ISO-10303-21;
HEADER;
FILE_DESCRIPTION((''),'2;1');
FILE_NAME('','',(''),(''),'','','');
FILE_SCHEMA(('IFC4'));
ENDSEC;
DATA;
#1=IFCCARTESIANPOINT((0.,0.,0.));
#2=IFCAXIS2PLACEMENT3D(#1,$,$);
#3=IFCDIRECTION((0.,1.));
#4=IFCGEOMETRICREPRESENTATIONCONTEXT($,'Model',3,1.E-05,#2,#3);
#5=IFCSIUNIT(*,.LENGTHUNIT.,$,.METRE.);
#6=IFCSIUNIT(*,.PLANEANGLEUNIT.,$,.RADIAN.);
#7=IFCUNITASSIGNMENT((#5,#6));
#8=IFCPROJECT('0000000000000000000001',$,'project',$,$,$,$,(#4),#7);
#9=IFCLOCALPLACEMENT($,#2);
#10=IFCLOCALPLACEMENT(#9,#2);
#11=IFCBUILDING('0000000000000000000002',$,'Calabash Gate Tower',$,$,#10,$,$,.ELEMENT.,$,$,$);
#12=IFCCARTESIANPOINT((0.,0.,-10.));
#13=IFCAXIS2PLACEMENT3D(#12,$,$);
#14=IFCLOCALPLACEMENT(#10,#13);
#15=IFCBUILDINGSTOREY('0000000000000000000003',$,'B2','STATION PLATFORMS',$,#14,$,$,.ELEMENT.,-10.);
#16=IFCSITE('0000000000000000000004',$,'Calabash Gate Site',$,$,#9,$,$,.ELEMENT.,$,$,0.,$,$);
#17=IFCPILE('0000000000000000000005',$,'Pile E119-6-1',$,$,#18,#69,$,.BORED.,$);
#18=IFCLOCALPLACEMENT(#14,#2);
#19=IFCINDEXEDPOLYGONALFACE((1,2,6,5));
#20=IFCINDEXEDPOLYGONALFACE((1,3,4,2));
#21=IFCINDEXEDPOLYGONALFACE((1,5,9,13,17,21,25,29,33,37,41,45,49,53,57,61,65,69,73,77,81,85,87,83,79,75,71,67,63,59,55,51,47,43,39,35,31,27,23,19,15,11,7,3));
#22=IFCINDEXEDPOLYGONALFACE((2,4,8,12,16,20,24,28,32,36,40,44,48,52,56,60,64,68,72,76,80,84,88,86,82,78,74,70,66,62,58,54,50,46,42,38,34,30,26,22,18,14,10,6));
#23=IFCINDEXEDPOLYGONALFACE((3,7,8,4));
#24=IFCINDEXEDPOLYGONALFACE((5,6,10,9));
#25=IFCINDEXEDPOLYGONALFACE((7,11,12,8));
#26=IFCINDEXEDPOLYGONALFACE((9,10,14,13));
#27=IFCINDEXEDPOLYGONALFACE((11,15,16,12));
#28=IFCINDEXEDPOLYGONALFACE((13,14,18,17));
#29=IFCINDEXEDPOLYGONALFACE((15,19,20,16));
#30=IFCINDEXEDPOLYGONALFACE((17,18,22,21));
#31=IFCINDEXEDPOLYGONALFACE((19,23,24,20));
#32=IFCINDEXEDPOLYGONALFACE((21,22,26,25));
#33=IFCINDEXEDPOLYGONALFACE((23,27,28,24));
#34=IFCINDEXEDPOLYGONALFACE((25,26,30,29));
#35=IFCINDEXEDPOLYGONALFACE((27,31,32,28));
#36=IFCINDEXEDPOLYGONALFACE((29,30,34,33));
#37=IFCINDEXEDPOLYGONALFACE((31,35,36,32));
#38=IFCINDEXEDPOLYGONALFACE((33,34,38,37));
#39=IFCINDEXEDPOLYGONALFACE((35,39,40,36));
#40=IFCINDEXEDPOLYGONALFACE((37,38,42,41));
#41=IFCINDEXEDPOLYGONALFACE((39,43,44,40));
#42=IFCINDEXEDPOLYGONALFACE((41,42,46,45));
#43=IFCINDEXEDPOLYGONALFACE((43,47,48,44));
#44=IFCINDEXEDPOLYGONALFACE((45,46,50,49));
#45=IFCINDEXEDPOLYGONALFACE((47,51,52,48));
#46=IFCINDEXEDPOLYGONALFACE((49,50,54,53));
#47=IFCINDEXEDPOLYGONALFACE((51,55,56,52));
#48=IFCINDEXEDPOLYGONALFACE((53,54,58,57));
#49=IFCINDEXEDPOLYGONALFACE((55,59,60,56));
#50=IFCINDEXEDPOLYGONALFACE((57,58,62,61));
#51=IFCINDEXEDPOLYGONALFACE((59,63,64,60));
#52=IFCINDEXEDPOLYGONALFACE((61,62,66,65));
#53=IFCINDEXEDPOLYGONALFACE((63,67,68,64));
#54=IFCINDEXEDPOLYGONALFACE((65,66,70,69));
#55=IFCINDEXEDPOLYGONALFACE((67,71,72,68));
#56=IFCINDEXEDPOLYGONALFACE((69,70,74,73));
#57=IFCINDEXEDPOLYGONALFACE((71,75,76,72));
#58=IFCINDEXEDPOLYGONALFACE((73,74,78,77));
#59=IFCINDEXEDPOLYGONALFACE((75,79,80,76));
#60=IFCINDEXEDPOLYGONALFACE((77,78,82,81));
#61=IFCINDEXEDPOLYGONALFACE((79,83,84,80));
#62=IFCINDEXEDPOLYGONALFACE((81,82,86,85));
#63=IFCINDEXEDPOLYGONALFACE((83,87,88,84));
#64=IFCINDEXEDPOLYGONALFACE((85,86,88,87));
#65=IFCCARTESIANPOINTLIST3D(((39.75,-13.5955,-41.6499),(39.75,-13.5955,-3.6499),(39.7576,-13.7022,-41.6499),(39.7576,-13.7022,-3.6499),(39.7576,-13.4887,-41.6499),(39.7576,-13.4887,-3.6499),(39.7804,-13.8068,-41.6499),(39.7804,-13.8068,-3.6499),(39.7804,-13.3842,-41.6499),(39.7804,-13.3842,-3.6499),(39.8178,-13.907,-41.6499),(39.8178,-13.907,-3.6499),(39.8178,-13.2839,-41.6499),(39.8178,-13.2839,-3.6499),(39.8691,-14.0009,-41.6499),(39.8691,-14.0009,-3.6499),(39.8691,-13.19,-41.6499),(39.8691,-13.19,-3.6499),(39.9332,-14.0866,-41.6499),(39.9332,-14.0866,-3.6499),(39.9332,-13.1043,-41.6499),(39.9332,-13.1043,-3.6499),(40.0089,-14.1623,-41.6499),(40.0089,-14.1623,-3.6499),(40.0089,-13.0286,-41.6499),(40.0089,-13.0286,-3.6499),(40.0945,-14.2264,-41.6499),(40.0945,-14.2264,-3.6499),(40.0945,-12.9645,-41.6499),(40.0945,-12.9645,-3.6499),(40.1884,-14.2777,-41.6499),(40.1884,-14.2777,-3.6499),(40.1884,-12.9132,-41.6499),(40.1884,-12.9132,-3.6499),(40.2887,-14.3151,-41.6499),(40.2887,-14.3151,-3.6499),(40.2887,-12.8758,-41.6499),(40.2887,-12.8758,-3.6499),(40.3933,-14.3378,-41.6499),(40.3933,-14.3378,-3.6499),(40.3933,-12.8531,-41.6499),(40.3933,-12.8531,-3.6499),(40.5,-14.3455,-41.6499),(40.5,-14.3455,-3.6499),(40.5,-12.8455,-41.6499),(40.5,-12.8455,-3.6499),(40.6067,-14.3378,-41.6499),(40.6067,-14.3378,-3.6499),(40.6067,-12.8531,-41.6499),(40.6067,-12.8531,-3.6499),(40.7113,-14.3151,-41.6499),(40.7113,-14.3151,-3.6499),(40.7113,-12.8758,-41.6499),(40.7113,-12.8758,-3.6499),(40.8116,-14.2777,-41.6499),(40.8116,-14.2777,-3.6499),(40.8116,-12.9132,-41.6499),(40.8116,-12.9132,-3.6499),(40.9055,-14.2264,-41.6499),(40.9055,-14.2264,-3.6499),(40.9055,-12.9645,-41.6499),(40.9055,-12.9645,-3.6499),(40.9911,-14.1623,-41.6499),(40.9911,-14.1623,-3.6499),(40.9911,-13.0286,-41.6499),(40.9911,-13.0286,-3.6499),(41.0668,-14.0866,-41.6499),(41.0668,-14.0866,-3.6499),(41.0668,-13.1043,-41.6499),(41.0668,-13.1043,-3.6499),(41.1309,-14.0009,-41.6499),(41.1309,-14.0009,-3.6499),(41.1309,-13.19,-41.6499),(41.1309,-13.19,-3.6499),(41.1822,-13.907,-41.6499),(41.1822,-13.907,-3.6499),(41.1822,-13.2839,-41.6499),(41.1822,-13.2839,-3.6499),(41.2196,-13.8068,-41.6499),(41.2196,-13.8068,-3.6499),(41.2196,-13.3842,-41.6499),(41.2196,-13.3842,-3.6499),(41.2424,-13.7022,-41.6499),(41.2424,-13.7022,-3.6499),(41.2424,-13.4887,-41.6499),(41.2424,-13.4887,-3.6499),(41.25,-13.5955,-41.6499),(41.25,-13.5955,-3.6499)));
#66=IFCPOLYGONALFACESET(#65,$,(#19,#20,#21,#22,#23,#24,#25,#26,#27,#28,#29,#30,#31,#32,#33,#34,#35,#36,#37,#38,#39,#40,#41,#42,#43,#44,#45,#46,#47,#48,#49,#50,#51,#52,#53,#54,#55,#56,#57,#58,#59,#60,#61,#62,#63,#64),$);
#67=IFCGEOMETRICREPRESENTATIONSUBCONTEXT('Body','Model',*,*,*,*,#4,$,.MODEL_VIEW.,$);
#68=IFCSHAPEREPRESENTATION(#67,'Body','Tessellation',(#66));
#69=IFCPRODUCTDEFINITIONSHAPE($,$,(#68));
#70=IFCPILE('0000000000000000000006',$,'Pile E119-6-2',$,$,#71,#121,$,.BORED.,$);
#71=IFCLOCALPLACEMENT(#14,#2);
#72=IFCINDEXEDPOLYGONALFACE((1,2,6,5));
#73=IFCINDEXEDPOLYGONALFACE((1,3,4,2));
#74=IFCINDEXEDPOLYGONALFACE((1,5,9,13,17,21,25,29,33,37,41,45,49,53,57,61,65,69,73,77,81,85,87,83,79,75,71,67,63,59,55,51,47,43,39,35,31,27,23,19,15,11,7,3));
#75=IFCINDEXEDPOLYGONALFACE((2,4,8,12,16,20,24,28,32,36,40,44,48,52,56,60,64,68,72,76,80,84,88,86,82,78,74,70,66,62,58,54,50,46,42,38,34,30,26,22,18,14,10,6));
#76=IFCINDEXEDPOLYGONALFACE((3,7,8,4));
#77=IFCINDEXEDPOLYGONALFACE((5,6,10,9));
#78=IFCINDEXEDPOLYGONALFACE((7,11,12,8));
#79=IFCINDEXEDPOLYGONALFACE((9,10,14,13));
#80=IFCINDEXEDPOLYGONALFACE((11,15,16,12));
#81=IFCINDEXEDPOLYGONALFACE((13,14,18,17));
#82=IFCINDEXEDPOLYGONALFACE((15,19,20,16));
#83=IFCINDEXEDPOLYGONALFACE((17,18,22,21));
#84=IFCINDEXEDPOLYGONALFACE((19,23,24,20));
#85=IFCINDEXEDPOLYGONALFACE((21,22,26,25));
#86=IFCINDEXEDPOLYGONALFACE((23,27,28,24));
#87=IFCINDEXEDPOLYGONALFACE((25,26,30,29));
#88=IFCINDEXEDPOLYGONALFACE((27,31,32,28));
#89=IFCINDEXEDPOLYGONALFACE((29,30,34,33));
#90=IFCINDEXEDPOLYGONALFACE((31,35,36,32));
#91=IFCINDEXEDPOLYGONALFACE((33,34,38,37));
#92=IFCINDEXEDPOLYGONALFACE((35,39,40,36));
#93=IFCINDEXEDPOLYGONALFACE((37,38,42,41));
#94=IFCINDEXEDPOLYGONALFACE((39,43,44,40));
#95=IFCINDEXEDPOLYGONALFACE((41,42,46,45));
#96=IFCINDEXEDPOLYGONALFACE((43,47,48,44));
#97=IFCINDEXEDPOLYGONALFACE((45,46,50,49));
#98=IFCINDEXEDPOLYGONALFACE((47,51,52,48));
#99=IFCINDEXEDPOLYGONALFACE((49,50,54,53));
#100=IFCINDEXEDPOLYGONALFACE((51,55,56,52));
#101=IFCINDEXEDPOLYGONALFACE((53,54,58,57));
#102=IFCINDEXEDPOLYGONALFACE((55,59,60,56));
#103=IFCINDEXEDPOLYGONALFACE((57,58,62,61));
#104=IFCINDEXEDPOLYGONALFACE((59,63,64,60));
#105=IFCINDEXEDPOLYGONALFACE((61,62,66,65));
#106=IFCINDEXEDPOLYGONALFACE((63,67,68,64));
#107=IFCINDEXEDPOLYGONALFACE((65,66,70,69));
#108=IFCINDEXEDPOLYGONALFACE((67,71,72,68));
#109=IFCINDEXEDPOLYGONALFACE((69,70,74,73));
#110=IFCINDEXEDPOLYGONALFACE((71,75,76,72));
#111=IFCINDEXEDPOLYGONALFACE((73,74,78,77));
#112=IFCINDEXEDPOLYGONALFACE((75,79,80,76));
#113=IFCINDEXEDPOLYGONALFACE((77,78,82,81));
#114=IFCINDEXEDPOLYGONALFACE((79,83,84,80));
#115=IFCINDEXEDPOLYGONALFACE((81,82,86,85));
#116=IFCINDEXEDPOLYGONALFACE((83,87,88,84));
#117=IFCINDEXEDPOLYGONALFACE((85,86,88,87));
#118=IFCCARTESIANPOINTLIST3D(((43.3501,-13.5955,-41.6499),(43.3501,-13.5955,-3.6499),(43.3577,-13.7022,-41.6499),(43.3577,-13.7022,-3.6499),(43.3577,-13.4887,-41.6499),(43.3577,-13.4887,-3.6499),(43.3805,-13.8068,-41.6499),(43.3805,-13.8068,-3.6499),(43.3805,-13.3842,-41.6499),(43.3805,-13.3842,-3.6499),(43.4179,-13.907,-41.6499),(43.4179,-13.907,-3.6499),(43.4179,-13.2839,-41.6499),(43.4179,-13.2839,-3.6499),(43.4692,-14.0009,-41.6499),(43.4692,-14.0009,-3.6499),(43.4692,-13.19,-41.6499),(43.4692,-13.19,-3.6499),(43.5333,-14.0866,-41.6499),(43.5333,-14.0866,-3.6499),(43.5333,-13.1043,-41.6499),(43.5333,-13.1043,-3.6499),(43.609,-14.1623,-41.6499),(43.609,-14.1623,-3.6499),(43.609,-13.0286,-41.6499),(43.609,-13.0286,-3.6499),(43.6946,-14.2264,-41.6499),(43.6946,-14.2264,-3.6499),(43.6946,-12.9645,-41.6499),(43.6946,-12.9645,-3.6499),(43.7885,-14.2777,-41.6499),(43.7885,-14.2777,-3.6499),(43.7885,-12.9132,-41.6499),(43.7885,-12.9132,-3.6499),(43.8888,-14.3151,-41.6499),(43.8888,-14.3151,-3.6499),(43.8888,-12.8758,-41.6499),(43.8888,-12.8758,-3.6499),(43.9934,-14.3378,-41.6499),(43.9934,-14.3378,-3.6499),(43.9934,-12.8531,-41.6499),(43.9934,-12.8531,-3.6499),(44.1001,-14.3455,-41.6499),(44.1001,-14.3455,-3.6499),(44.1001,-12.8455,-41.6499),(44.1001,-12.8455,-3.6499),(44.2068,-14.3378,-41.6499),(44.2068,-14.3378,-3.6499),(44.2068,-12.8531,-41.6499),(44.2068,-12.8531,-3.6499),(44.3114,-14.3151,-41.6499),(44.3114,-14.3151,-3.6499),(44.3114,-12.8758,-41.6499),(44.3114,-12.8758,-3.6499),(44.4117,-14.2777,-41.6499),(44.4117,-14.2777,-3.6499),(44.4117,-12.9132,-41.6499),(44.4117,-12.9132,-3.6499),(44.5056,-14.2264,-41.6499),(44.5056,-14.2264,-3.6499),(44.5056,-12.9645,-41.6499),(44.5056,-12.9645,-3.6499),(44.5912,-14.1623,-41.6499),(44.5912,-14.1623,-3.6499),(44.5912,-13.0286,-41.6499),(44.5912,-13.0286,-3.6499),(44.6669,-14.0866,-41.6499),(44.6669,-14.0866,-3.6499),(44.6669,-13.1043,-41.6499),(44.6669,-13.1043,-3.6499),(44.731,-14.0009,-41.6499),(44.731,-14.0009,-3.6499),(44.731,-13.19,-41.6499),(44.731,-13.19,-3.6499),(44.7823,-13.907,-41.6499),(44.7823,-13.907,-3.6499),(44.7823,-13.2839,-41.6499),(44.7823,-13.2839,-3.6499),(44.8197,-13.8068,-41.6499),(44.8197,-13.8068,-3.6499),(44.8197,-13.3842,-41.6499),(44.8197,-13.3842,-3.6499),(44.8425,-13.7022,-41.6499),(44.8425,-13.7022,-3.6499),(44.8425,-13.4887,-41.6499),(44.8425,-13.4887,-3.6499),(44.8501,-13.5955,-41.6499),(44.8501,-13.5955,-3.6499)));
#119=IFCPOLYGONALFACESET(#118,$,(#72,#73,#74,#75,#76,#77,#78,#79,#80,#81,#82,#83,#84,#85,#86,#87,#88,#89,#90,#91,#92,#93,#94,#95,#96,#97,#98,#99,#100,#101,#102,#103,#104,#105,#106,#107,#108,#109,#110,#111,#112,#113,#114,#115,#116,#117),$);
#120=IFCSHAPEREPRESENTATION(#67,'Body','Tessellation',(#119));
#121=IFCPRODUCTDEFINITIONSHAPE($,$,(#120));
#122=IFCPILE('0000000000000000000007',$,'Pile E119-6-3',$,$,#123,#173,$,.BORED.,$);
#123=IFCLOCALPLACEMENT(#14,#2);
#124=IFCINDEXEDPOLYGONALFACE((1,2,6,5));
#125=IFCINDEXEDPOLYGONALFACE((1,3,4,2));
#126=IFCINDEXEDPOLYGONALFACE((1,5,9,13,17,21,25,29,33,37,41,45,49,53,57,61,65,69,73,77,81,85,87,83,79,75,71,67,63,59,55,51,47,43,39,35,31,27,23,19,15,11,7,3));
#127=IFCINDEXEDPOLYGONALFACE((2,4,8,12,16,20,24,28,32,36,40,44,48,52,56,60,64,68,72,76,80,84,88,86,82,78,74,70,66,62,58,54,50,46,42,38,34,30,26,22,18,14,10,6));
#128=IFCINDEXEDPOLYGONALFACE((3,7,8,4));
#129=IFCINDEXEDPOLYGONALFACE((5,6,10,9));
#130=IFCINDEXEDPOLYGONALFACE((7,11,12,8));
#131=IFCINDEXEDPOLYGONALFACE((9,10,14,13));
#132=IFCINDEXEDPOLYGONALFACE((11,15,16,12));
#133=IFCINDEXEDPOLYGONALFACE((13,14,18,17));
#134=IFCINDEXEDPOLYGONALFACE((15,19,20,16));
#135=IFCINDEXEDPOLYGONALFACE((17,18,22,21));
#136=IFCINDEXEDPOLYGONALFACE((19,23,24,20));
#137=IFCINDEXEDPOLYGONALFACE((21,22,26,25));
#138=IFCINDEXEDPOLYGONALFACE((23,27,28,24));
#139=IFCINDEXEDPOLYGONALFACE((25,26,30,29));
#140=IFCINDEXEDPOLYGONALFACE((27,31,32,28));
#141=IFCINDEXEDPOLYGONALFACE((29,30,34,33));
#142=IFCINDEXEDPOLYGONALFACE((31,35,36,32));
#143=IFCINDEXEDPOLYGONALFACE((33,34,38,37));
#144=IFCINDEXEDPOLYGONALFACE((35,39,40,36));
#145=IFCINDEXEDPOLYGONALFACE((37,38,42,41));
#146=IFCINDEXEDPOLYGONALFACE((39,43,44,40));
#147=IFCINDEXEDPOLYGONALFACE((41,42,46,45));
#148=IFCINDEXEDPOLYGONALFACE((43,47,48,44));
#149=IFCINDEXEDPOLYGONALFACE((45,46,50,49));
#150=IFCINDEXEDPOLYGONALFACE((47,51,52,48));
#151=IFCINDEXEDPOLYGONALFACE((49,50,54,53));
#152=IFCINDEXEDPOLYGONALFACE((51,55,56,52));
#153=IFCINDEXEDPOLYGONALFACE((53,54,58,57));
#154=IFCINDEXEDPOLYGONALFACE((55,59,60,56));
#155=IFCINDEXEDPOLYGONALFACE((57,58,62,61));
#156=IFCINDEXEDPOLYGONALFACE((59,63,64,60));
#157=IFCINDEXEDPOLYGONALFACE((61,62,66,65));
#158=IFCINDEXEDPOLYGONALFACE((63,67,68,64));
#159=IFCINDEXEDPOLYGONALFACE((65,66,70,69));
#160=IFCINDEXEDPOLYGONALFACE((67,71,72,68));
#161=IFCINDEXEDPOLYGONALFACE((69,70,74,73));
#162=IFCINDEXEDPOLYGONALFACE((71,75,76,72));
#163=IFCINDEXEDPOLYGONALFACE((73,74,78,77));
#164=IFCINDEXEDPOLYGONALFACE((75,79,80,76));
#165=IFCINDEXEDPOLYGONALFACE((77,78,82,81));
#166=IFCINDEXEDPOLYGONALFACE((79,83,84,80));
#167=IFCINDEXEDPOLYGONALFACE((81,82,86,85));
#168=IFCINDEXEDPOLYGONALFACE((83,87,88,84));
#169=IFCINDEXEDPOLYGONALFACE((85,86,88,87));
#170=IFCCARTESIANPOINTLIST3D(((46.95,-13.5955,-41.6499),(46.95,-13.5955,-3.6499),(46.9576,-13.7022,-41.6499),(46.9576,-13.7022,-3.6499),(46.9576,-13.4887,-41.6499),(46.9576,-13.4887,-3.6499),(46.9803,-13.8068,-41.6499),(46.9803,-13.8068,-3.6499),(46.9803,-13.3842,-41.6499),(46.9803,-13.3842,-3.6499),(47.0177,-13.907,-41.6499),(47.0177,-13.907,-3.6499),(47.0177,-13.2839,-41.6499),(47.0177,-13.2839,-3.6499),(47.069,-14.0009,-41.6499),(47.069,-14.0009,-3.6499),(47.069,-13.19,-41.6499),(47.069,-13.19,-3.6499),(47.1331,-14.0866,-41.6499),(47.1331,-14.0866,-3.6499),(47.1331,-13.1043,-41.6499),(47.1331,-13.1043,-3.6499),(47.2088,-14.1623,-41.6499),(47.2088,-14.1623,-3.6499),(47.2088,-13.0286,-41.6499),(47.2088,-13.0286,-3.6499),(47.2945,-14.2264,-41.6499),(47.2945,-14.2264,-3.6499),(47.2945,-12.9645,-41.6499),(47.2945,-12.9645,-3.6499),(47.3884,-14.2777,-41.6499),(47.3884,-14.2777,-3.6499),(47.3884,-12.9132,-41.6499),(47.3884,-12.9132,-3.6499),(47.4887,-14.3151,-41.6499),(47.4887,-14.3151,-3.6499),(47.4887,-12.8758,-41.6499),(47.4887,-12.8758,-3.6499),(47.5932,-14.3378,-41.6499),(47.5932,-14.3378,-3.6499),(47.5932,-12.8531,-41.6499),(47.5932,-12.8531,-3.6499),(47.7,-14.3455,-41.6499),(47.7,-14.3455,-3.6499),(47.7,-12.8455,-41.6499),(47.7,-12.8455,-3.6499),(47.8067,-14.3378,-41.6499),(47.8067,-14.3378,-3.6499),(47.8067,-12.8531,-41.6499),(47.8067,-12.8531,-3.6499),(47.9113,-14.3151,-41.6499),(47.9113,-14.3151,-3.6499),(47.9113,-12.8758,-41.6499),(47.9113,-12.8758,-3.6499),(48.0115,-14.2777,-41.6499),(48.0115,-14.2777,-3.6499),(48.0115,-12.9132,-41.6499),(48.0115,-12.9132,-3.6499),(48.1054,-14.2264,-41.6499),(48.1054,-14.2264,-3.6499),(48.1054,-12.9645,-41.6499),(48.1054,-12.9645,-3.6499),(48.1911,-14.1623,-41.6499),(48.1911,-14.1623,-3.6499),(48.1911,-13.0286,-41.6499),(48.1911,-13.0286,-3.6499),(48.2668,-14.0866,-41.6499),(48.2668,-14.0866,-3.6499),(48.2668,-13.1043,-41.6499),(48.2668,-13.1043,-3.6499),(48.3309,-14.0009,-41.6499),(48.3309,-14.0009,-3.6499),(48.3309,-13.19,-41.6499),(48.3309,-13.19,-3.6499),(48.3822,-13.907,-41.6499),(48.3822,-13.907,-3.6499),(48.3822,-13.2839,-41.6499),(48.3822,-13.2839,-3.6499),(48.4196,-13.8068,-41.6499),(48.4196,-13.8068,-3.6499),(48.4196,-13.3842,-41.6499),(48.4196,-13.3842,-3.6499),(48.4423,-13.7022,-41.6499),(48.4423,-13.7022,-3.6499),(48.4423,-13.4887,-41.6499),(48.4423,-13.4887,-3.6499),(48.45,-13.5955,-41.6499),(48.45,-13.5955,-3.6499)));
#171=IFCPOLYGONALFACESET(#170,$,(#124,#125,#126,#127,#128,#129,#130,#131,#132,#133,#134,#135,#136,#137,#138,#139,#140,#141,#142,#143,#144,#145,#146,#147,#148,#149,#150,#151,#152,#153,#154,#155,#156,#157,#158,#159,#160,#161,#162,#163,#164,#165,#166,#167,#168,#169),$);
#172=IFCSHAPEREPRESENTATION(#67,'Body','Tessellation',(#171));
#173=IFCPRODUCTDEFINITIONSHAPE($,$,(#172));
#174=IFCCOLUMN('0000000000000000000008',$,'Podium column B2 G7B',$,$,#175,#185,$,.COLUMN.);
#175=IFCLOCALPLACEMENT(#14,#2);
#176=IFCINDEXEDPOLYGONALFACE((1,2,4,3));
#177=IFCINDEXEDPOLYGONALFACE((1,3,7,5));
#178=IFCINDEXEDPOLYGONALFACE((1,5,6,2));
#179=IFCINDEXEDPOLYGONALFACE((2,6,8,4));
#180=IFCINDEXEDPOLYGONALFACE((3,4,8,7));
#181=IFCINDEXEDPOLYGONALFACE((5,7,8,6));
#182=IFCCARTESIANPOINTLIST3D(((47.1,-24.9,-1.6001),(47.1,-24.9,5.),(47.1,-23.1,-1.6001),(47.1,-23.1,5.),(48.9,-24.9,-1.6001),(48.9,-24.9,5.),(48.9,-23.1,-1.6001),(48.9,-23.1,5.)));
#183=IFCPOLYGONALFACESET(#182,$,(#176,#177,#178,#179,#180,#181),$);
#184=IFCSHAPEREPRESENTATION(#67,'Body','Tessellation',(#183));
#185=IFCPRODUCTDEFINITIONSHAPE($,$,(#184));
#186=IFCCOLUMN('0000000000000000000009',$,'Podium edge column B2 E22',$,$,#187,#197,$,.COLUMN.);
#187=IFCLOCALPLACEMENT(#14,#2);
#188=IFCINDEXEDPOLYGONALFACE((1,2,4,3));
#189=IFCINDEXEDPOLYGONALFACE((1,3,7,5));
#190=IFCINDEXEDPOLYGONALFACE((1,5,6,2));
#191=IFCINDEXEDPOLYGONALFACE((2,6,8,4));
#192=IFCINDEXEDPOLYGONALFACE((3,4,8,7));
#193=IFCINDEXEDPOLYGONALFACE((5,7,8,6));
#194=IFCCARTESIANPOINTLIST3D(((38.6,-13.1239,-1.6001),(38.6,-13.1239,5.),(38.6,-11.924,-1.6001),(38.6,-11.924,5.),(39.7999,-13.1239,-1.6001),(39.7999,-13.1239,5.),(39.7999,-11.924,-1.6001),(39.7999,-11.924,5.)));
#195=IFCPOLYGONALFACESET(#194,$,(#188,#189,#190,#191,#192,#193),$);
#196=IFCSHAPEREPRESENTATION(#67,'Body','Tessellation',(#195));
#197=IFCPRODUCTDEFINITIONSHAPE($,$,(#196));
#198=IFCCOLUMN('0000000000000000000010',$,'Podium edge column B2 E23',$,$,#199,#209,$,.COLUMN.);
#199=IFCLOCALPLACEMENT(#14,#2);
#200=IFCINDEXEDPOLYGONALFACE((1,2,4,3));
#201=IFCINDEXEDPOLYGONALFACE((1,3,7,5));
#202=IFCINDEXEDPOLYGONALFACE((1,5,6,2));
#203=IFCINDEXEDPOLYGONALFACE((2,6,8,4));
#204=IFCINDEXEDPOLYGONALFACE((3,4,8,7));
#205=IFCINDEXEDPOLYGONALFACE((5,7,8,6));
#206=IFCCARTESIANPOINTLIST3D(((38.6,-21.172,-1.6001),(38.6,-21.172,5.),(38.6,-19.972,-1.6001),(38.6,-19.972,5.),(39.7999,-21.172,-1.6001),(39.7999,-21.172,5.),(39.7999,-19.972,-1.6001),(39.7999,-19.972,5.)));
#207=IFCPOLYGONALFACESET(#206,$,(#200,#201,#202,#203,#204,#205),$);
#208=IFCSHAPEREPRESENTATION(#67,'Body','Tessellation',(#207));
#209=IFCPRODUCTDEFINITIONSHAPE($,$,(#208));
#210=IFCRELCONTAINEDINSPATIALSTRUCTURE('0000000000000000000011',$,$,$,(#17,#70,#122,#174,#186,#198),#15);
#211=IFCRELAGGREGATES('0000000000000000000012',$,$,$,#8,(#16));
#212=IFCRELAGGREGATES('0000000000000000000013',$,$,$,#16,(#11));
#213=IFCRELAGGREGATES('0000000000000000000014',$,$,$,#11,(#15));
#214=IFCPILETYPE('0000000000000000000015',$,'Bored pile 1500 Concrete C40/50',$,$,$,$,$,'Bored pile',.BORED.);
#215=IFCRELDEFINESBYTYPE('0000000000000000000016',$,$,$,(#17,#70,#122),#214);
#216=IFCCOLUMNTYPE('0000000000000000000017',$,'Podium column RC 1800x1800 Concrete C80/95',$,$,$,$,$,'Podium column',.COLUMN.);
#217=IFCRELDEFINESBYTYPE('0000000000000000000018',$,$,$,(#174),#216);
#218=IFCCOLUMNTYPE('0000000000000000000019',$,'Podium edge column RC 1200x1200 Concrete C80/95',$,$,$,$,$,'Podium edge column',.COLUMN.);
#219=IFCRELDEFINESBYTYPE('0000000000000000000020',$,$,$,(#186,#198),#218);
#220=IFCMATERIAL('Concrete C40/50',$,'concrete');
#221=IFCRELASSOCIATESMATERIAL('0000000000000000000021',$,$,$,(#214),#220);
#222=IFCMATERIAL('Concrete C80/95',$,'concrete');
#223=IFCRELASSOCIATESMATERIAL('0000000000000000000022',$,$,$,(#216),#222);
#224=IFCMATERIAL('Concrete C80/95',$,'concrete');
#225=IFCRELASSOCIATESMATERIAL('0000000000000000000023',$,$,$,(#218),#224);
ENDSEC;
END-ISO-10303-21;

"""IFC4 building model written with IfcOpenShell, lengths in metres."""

from ifc_helpers import new_model, si_unit, direction, frame, origin, origin_2d, place, context, subcontext, project, spatial, rectangle, circle, extrude, material, material_profile, profile_set, type_object, element, save


model = new_model("IFC4")

# Units and contexts
model_context = context("Model", 3, precision=1e-05, world=origin(), true_north=direction((0.0, 1.0)))
body_context = subcontext(model_context, "Body", "Model", "MODEL_VIEW")
ifc_project = project(units=[si_unit("LENGTHUNIT", "METRE"), si_unit("PLANEANGLEUNIT", "RADIAN")], contexts=[model_context])

# Site, building, storey
site_placement = place(None, origin())
site = spatial("IfcSite", under=ifc_project, at=site_placement, Name="Calabash Gate Site", CompositionType="ELEMENT", RefElevation=0.0)
building_placement = place(site_placement, origin())
building = spatial("IfcBuilding", under=site, at=building_placement, Name="Calabash Gate Tower", CompositionType="ELEMENT")
storey_placement = place(building_placement, frame((0.0, 0.0, -10.0)))
storey = spatial("IfcBuildingStorey", under=building, at=storey_placement, Name="B2", Description="STATION PLATFORMS", CompositionType="ELEMENT", Elevation=-10.0)

# Piles
ifc_material_1 = material(Name="Concrete C40/50", Category="concrete")
ifc_material_profile_1 = material_profile(ifc_material_1, circle(Radius=0.75, at=origin_2d()))
ifc_profile_set_1 = profile_set([ifc_material_profile_1], Name="Concrete C40/50")
pile_type = type_object("IfcPileType", Name="Bored pile 1500 Concrete C40/50", ElementType="Bored pile", PredefinedType="BORED", material=ifc_profile_set_1)
for number, where, z_axis, x_axis, name in (
    (1, (40.5, -13.5955, -3.6499), (0.0, 0.0, -1.0), (1.0, 0.0, 0.0), "Pile E119-6-1"),
    (2, (44.1001, -13.5955, -3.6499), (0.0, 0.0, -1.0), (1.0, 0.0, 0.0), "Pile E119-6-2"),
    (3, (47.7, -13.5955, -3.6499), (0.0, 0.0, -1.0), (1.0, 0.0, 0.0), "Pile E119-6-3"),
):
    element("IfcPile", number, at=place(storey_placement, frame(where, z_axis=z_axis, x_axis=x_axis)), inside=storey, type_object=pile_type, Name=name, PredefinedType="BORED", context=body_context, shape_type="SweptSolid", body=[
        extrude(circle(Radius=0.75, at=origin_2d()), origin(), (0.0, 0.0, 1.0), 38.0),
    ])

# Columns
ifc_material_2 = material(Name="Concrete C80/95", Category="concrete")
ifc_material_profile_2 = material_profile(ifc_material_2, rectangle(XDim=1.8, YDim=1.8, at=origin_2d()))
ifc_profile_set_2 = profile_set([ifc_material_profile_2], Name="Concrete C80/95")
column_type_1 = type_object("IfcColumnType", Name="Podium column RC 1800x1800 Concrete C80/95", ElementType="Podium column", PredefinedType="COLUMN", material=ifc_profile_set_2)
column_placement = place(storey_placement, frame((48.0, -24.0, -1.6001), z_axis=(0.0, 0.0, 1.0), x_axis=(1.0, 0.0, 0.0)))
element("IfcColumn", 4, at=column_placement, inside=storey, type_object=column_type_1, Name="Podium column B2 G7B", PredefinedType="COLUMN", context=body_context, shape_type="SweptSolid", body=[
    extrude(rectangle(XDim=1.8, YDim=1.8, at=origin_2d()), origin(), (0.0, 0.0, 1.0), 6.6001),
])
ifc_material_3 = material(Name="Concrete C80/95", Category="concrete")
ifc_material_profile_3 = material_profile(ifc_material_3, rectangle(XDim=1.2, YDim=1.2, at=origin_2d()))
ifc_profile_set_3 = profile_set([ifc_material_profile_3], Name="Concrete C80/95")
column_type_2 = type_object("IfcColumnType", Name="Podium edge column RC 1200x1200 Concrete C80/95", ElementType="Podium edge column", PredefinedType="COLUMN", material=ifc_profile_set_3)
for number, where, z_axis, x_axis, name in (
    (5, (39.2, -12.5239, -1.6001), (0.0, 0.0, 1.0), (1.0, 0.0, 0.0), "Podium edge column B2 E22"),
    (6, (39.2, -20.572, -1.6001), (0.0, 0.0, 1.0), (1.0, 0.0, 0.0), "Podium edge column B2 E23"),
):
    element("IfcColumn", number, at=place(storey_placement, frame(where, z_axis=z_axis, x_axis=x_axis)), inside=storey, type_object=column_type_2, Name=name, PredefinedType="COLUMN", context=body_context, shape_type="SweptSolid", body=[
        extrude(rectangle(XDim=1.2, YDim=1.2, at=origin_2d()), origin(), (0.0, 0.0, 1.0), 6.6001),
    ])

save(model, "model.ifc")
